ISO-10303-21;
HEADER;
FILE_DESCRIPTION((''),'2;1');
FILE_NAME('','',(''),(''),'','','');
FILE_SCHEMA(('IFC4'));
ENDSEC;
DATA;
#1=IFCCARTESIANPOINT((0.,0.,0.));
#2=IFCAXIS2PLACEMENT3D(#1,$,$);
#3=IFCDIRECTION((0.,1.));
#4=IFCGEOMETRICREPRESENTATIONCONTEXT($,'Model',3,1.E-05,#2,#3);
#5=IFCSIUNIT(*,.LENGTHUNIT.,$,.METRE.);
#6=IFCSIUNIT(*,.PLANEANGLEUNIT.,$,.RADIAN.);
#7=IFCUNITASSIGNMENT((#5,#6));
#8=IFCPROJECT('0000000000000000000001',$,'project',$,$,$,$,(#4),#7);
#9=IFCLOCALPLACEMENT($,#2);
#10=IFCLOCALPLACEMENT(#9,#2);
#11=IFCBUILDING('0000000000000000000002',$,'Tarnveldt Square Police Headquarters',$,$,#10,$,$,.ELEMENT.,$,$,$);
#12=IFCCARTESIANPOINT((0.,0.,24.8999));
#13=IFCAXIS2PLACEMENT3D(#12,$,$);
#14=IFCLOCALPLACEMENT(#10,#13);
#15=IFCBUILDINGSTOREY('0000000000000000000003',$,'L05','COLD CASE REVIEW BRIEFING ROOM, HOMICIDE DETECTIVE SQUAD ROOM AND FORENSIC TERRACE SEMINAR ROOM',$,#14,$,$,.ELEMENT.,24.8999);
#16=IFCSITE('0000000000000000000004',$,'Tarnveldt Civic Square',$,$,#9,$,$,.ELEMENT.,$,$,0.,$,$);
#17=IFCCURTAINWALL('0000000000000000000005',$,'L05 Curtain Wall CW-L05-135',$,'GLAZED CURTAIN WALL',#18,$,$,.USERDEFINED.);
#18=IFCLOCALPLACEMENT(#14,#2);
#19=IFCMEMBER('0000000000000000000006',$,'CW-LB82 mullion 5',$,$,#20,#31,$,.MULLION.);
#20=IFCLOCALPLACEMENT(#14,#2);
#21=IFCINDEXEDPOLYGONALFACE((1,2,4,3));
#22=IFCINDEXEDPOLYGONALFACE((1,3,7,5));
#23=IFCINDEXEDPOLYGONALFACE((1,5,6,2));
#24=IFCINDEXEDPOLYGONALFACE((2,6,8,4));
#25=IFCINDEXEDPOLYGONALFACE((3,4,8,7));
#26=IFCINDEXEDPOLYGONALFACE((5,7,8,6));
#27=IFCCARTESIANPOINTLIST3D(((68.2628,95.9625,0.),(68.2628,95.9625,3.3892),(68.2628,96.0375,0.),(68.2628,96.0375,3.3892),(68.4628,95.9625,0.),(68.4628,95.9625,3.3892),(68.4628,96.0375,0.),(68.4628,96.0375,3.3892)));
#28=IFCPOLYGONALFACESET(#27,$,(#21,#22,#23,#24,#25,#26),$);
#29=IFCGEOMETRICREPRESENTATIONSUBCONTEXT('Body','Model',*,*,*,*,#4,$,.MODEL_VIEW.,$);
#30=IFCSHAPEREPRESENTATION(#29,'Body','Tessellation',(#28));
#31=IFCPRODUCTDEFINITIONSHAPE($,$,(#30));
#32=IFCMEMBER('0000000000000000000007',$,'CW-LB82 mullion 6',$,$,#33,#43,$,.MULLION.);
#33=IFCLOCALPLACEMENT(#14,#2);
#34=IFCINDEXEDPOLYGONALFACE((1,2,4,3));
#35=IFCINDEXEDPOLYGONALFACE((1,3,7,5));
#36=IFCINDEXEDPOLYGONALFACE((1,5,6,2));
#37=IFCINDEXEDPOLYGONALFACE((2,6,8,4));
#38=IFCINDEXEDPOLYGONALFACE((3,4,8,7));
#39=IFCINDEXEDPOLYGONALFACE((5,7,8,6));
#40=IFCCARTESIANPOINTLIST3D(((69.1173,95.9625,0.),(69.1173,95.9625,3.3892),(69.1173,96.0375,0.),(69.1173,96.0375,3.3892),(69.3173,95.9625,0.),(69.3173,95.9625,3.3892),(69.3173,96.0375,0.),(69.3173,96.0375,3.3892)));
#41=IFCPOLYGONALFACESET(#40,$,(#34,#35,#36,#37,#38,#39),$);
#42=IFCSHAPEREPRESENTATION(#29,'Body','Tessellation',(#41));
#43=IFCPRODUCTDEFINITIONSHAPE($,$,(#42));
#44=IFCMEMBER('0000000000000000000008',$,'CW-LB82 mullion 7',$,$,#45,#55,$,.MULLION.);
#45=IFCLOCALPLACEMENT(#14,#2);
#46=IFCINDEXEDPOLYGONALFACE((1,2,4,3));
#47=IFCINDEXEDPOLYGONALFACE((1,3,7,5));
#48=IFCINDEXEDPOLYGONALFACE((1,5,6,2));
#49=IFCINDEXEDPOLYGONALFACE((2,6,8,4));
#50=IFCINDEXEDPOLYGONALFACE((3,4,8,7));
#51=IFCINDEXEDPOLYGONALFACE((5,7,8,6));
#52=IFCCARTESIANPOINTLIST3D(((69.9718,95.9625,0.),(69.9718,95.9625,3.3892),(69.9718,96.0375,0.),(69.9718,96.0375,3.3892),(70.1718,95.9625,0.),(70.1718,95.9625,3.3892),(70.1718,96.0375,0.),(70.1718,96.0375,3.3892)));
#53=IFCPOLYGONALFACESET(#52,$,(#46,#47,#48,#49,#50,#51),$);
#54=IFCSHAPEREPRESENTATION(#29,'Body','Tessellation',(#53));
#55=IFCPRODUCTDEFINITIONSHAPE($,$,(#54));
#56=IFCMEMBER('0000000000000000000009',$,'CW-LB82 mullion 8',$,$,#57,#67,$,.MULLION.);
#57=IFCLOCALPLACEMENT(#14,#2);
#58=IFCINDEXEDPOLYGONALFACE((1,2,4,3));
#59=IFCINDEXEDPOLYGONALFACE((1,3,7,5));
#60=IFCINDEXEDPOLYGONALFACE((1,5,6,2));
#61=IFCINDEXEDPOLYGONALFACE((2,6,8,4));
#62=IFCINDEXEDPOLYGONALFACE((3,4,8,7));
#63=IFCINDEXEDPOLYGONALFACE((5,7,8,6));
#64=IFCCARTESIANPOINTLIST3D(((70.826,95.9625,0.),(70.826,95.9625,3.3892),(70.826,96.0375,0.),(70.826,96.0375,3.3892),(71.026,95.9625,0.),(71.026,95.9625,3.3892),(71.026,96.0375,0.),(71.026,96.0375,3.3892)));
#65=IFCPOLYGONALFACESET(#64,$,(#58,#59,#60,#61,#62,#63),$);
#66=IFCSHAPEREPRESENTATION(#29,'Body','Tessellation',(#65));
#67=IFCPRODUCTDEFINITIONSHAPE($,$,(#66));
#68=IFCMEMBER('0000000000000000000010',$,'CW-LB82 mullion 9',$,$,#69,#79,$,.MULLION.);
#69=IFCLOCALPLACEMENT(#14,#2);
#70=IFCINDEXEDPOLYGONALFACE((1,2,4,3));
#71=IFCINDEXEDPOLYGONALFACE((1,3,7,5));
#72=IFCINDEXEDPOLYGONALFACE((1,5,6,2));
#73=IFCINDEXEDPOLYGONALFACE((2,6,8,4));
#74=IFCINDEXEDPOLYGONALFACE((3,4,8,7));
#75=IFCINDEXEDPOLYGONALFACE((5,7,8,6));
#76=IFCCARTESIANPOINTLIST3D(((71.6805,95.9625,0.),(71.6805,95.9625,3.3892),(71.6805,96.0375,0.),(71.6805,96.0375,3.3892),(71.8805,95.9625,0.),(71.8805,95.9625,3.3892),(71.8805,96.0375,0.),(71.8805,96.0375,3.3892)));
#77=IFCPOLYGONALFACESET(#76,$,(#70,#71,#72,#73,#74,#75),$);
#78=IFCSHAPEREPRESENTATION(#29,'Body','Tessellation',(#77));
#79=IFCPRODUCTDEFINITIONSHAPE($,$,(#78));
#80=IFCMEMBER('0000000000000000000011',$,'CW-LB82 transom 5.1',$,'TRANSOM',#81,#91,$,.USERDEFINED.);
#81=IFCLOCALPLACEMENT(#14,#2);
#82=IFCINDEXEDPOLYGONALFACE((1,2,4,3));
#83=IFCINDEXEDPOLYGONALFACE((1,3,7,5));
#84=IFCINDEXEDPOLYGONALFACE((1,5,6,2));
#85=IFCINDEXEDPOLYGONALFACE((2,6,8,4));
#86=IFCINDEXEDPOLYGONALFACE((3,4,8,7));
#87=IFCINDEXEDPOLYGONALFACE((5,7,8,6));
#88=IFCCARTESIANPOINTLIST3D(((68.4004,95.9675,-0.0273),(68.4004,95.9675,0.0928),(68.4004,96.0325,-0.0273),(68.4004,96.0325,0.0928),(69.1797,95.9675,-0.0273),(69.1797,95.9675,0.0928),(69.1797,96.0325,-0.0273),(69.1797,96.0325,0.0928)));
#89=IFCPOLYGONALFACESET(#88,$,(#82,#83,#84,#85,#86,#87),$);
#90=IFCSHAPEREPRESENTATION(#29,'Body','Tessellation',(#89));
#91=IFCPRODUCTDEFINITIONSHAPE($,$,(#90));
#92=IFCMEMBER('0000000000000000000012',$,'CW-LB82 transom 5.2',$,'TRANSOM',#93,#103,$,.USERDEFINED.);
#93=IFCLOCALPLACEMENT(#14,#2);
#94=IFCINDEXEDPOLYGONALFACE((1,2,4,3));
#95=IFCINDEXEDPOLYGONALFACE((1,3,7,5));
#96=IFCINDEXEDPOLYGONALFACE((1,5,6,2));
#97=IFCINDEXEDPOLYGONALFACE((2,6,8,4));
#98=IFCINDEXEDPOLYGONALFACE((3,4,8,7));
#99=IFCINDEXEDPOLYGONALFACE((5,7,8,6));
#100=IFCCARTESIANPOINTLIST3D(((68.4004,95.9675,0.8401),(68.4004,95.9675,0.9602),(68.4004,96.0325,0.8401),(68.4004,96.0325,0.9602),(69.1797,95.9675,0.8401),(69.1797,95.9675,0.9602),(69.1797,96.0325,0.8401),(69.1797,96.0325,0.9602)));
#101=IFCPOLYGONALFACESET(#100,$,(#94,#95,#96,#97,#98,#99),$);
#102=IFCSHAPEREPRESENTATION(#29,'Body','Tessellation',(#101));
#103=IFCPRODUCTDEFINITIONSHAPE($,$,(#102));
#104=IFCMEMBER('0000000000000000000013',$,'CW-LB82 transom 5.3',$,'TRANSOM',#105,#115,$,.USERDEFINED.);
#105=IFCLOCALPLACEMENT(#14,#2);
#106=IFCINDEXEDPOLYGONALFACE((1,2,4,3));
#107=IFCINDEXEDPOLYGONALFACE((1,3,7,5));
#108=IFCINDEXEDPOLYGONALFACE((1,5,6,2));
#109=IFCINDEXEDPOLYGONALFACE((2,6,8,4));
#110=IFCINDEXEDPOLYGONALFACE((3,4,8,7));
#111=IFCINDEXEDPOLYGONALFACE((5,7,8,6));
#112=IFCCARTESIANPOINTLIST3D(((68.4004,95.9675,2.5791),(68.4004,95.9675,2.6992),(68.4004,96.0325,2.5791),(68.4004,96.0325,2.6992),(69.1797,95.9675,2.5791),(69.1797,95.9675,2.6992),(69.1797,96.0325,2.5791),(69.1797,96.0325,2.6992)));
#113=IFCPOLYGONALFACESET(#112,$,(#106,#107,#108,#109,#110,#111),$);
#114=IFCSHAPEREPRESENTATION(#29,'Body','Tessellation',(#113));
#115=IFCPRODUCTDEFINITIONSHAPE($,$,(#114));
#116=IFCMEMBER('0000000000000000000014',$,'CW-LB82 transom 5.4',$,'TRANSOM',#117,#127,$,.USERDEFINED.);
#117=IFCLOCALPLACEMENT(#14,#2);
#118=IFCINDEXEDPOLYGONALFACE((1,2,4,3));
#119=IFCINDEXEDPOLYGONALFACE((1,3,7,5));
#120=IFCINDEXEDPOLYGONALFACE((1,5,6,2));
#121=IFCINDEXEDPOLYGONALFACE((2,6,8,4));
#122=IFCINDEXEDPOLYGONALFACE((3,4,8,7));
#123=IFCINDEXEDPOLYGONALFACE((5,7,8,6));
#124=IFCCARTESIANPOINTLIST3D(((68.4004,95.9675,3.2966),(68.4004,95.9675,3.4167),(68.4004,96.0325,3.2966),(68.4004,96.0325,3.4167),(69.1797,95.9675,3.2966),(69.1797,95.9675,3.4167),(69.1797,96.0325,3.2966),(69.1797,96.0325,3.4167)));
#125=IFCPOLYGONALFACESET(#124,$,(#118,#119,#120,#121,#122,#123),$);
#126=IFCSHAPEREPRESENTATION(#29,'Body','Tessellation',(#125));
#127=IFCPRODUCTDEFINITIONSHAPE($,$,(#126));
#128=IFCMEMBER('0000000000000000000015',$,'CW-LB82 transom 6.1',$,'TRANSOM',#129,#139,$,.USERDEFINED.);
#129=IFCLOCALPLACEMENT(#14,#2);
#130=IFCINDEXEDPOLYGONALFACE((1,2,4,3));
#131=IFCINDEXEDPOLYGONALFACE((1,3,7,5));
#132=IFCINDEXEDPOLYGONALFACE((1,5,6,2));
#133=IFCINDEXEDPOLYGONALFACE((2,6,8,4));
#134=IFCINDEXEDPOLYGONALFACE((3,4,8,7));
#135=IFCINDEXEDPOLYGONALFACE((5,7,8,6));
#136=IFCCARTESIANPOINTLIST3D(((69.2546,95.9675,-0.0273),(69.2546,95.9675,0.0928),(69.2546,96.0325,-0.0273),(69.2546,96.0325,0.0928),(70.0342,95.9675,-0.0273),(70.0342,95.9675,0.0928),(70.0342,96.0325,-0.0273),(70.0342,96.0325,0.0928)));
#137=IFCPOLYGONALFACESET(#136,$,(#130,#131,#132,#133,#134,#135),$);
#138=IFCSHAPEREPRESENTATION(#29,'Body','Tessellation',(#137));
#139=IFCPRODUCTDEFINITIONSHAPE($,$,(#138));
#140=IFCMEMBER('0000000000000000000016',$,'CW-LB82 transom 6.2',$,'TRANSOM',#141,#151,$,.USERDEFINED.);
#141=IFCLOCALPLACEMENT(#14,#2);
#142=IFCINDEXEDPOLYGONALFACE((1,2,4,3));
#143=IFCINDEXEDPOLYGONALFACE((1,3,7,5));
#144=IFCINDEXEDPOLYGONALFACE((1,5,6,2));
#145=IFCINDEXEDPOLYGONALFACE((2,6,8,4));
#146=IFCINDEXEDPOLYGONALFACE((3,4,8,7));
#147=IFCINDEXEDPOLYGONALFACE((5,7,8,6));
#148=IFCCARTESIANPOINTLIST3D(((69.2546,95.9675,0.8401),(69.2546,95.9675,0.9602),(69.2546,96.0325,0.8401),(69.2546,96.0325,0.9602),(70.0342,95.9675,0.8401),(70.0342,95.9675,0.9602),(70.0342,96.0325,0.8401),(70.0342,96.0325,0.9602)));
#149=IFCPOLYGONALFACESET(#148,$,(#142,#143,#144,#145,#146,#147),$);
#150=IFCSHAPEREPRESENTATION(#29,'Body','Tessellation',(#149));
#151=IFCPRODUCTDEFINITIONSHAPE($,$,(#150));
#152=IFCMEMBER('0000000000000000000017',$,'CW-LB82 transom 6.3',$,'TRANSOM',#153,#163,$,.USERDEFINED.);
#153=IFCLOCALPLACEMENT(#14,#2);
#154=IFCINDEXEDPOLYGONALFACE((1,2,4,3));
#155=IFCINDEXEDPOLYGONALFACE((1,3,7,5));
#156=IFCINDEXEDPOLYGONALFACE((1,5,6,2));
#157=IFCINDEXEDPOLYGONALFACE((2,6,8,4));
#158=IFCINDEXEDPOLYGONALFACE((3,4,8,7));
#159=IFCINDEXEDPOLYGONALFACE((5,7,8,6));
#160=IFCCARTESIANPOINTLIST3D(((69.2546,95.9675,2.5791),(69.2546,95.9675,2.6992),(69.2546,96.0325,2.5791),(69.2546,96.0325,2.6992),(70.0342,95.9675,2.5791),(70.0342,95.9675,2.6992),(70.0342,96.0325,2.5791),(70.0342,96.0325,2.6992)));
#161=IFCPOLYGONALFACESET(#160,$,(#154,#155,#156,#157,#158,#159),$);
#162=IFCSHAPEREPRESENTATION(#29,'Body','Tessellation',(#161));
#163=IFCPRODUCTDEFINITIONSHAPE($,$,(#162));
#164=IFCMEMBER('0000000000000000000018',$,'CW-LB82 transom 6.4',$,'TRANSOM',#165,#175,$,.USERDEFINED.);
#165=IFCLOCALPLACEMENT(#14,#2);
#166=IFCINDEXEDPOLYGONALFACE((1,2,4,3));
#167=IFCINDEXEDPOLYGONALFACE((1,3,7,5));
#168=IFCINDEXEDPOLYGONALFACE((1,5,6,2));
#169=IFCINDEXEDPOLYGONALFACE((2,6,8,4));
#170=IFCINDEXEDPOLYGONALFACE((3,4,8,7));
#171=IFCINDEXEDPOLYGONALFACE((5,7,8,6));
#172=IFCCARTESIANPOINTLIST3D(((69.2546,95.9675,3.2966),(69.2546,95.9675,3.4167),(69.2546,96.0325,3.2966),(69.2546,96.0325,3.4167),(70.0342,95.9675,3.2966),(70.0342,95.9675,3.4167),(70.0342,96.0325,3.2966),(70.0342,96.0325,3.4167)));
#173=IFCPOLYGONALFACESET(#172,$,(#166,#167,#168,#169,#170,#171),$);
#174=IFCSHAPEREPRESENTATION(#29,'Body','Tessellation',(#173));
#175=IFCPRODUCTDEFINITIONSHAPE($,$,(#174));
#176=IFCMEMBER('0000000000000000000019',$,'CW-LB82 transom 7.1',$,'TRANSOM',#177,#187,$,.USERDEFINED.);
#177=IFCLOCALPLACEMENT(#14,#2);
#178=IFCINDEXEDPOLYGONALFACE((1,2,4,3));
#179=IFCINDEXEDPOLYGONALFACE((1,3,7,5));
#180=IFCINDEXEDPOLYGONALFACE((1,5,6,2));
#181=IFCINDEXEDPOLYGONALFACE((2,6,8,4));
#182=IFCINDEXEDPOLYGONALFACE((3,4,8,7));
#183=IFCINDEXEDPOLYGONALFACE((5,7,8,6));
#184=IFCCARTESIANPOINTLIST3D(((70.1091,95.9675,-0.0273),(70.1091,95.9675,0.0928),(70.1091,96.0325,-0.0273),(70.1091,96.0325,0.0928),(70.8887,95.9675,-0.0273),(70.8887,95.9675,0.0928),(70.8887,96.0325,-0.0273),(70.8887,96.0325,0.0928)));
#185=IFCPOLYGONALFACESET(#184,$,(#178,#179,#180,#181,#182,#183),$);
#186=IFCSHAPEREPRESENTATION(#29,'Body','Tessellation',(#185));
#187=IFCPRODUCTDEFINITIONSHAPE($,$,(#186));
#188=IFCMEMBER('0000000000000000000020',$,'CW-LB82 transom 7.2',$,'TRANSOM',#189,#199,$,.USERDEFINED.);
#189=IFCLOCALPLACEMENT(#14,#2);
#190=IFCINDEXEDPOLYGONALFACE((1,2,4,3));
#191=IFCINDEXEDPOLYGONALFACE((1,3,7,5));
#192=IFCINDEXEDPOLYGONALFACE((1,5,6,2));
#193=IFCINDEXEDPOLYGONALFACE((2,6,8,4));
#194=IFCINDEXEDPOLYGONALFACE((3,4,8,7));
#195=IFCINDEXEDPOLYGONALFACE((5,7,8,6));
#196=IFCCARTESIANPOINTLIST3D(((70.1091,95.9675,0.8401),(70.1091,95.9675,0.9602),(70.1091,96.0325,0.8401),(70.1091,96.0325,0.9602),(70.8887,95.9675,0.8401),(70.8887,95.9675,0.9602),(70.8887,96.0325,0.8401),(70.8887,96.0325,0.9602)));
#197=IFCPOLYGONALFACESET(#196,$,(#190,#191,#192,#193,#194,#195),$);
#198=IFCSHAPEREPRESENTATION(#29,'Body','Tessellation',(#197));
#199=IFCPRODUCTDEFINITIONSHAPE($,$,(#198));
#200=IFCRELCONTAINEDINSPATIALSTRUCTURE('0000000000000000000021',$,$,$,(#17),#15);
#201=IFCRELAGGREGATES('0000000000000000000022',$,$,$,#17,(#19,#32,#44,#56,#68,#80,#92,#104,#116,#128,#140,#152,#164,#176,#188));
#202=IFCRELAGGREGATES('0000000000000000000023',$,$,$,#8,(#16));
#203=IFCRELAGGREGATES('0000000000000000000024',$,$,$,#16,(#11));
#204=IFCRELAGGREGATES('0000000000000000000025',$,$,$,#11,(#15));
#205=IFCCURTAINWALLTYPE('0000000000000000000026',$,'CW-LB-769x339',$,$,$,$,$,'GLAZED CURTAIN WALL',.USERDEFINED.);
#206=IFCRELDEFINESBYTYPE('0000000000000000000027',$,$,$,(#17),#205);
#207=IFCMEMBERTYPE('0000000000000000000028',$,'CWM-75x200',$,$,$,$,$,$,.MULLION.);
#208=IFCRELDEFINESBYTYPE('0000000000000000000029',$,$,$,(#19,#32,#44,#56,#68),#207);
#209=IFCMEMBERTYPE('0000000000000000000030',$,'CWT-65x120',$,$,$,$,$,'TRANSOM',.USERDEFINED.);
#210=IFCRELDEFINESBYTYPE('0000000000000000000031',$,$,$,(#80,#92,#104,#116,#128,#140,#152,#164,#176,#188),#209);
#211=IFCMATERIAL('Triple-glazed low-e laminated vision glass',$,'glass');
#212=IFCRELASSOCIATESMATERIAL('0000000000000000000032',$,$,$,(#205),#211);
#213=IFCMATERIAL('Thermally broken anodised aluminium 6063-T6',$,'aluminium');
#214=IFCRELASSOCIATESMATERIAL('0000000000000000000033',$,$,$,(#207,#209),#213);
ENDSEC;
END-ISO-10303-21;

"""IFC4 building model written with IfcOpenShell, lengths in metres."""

from ifc_helpers import new_model, si_unit, direction, frame, origin, origin_2d, place, context, subcontext, project, spatial, rectangle, extrude, material, material_profile, profile_set, type_object, element, aggregate, save


model = new_model("IFC4")

# Units and contexts
model_context = context("Model", 3, precision=1e-05, world=origin(), true_north=direction((0.0, 1.0)))
body_context = subcontext(model_context, "Body", "Model", "MODEL_VIEW")
ifc_project = project(units=[si_unit("LENGTHUNIT", "METRE"), si_unit("PLANEANGLEUNIT", "RADIAN")], contexts=[model_context])

# Site, building, storey
site_placement = place(None, origin())
site = spatial("IfcSite", under=ifc_project, at=site_placement, Name="Tarnveldt Civic Square", CompositionType="ELEMENT", RefElevation=0.0)
building_placement = place(site_placement, origin())
building = spatial("IfcBuilding", under=site, at=building_placement, Name="Tarnveldt Square Police Headquarters", CompositionType="ELEMENT")
storey_placement = place(building_placement, frame((0.0, 0.0, 24.8999)))
storey = spatial("IfcBuildingStorey", under=building, at=storey_placement, Name="L05", Description="COLD CASE REVIEW BRIEFING ROOM, HOMICIDE DETECTIVE SQUAD ROOM AND FORENSIC TERRACE SEMINAR ROOM", CompositionType="ELEMENT", Elevation=24.8999)

# Curtain wall, members
ifc_material_1 = material(Name="Triple-glazed low-e laminated vision glass", Category="glass")
curtain_wall_type = type_object("IfcCurtainWallType", Name="CW-LB-769x339", ElementType="GLAZED CURTAIN WALL", PredefinedType="USERDEFINED", material=ifc_material_1)
curtain_wall_placement = place(storey_placement, origin())
curtain_wall = element("IfcCurtainWall", 1, at=curtain_wall_placement, inside=storey, type_object=curtain_wall_type, Name="L05 Curtain Wall CW-L05-135", ObjectType="GLAZED CURTAIN WALL", PredefinedType="USERDEFINED")
ifc_material_2 = material(Name="Thermally broken anodised aluminium 6063-T6", Category="aluminium")
ifc_material_profile_1 = material_profile(ifc_material_2, rectangle(XDim=0.075, YDim=0.2, at=origin_2d()), Name="CW-M75x200")
ifc_profile_set_1 = profile_set([ifc_material_profile_1], Name="Thermally broken anodised aluminium 6063-T6")
member_type_1 = type_object("IfcMemberType", Name="CWM-75x200", PredefinedType="MULLION", material=ifc_profile_set_1)
member_1_placement = place(storey_placement, frame((68.3628, 96.0, 0.0), z_axis=(0.0, 0.0, 1.0), x_axis=(0.0, 1.0, 0.0)))
member_1 = element("IfcMember", 2, at=member_1_placement, type_object=member_type_1, Name="CW-LB82 mullion 5", PredefinedType="MULLION", context=body_context, shape_type="SweptSolid", body=[
    extrude(rectangle(XDim=0.075, YDim=0.2, at=origin_2d()), origin(), (0.0, 0.0, 1.0), 3.3892),
])
member_2_placement = place(storey_placement, frame((69.2173, 96.0, 0.0), z_axis=(0.0, 0.0, 1.0), x_axis=(0.0, 1.0, 0.0)))
member_2 = element("IfcMember", 3, at=member_2_placement, type_object=member_type_1, Name="CW-LB82 mullion 6", PredefinedType="MULLION", context=body_context, shape_type="SweptSolid", body=[
    extrude(rectangle(XDim=0.075, YDim=0.2, at=origin_2d()), origin(), (0.0, 0.0, 1.0), 3.3892),
])
member_3_placement = place(storey_placement, frame((70.0718, 96.0, 0.0), z_axis=(0.0, 0.0, 1.0), x_axis=(0.0, 1.0, 0.0)))
member_3 = element("IfcMember", 4, at=member_3_placement, type_object=member_type_1, Name="CW-LB82 mullion 7", PredefinedType="MULLION", context=body_context, shape_type="SweptSolid", body=[
    extrude(rectangle(XDim=0.075, YDim=0.2, at=origin_2d()), origin(), (0.0, 0.0, 1.0), 3.3892),
])
member_4_placement = place(storey_placement, frame((70.926, 96.0, 0.0), z_axis=(0.0, 0.0, 1.0), x_axis=(0.0, 1.0, 0.0)))
member_4 = element("IfcMember", 5, at=member_4_placement, type_object=member_type_1, Name="CW-LB82 mullion 8", PredefinedType="MULLION", context=body_context, shape_type="SweptSolid", body=[
    extrude(rectangle(XDim=0.075, YDim=0.2, at=origin_2d()), origin(), (0.0, 0.0, 1.0), 3.3892),
])
member_5_placement = place(storey_placement, frame((71.7805, 96.0, 0.0), z_axis=(0.0, 0.0, 1.0), x_axis=(0.0, 1.0, 0.0)))
member_5 = element("IfcMember", 6, at=member_5_placement, type_object=member_type_1, Name="CW-LB82 mullion 9", PredefinedType="MULLION", context=body_context, shape_type="SweptSolid", body=[
    extrude(rectangle(XDim=0.075, YDim=0.2, at=origin_2d()), origin(), (0.0, 0.0, 1.0), 3.3892),
])
ifc_material_profile_2 = material_profile(ifc_material_2, rectangle(XDim=0.0649, YDim=0.1201, at=origin_2d()), Name="CW-T65x120")
ifc_profile_set_2 = profile_set([ifc_material_profile_2], Name="Thermally broken anodised aluminium 6063-T6")
member_type_2 = type_object("IfcMemberType", Name="CWT-65x120", ElementType="TRANSOM", PredefinedType="USERDEFINED", material=ifc_profile_set_2)
member_6_placement = place(storey_placement, frame((68.4004, 96.0, 0.0327), z_axis=(1.0, 0.0, 0.0), x_axis=(0.0, 1.0, 0.0)))
member_6 = element("IfcMember", 7, at=member_6_placement, type_object=member_type_2, Name="CW-LB82 transom 5.1", ObjectType="TRANSOM", PredefinedType="USERDEFINED", context=body_context, shape_type="SweptSolid", body=[
    extrude(rectangle(XDim=0.0649, YDim=0.1201, at=origin_2d()), origin(), (0.0, 0.0, 1.0), 0.7793),
])
member_7_placement = place(storey_placement, frame((68.4004, 96.0, 0.9001), z_axis=(1.0, 0.0, 0.0), x_axis=(0.0, 1.0, 0.0)))
member_7 = element("IfcMember", 8, at=member_7_placement, type_object=member_type_2, Name="CW-LB82 transom 5.2", ObjectType="TRANSOM", PredefinedType="USERDEFINED", context=body_context, shape_type="SweptSolid", body=[
    extrude(rectangle(XDim=0.0649, YDim=0.1201, at=origin_2d()), origin(), (0.0, 0.0, 1.0), 0.7793),
])
member_8_placement = place(storey_placement, frame((68.4004, 96.0, 2.6392), z_axis=(1.0, 0.0, 0.0), x_axis=(0.0, 1.0, 0.0)))
member_8 = element("IfcMember", 9, at=member_8_placement, type_object=member_type_2, Name="CW-LB82 transom 5.3", ObjectType="TRANSOM", PredefinedType="USERDEFINED", context=body_context, shape_type="SweptSolid", body=[
    extrude(rectangle(XDim=0.0649, YDim=0.1201, at=origin_2d()), origin(), (0.0, 0.0, 1.0), 0.7793),
])
member_9_placement = place(storey_placement, frame((68.4004, 96.0, 3.3567), z_axis=(1.0, 0.0, 0.0), x_axis=(0.0, 1.0, 0.0)))
member_9 = element("IfcMember", 10, at=member_9_placement, type_object=member_type_2, Name="CW-LB82 transom 5.4", ObjectType="TRANSOM", PredefinedType="USERDEFINED", context=body_context, shape_type="SweptSolid", body=[
    extrude(rectangle(XDim=0.0649, YDim=0.1201, at=origin_2d()), origin(), (0.0, 0.0, 1.0), 0.7793),
])
member_10_placement = place(storey_placement, frame((69.2546, 96.0, 0.0327), z_axis=(1.0, 0.0, 0.0), x_axis=(0.0, 1.0, 0.0)))
member_10 = element("IfcMember", 11, at=member_10_placement, type_object=member_type_2, Name="CW-LB82 transom 6.1", ObjectType="TRANSOM", PredefinedType="USERDEFINED", context=body_context, shape_type="SweptSolid", body=[
    extrude(rectangle(XDim=0.0649, YDim=0.1201, at=origin_2d()), origin(), (0.0, 0.0, 1.0), 0.7795),
])
member_11_placement = place(storey_placement, frame((69.2546, 96.0, 0.9001), z_axis=(1.0, 0.0, 0.0), x_axis=(0.0, 1.0, 0.0)))
member_11 = element("IfcMember", 12, at=member_11_placement, type_object=member_type_2, Name="CW-LB82 transom 6.2", ObjectType="TRANSOM", PredefinedType="USERDEFINED", context=body_context, shape_type="SweptSolid", body=[
    extrude(rectangle(XDim=0.0649, YDim=0.1201, at=origin_2d()), origin(), (0.0, 0.0, 1.0), 0.7795),
])
member_12_placement = place(storey_placement, frame((69.2546, 96.0, 2.6392), z_axis=(1.0, 0.0, 0.0), x_axis=(0.0, 1.0, 0.0)))
member_12 = element("IfcMember", 13, at=member_12_placement, type_object=member_type_2, Name="CW-LB82 transom 6.3", ObjectType="TRANSOM", PredefinedType="USERDEFINED", context=body_context, shape_type="SweptSolid", body=[
    extrude(rectangle(XDim=0.0649, YDim=0.1201, at=origin_2d()), origin(), (0.0, 0.0, 1.0), 0.7795),
])
member_13_placement = place(storey_placement, frame((69.2546, 96.0, 3.3567), z_axis=(1.0, 0.0, 0.0), x_axis=(0.0, 1.0, 0.0)))
member_13 = element("IfcMember", 14, at=member_13_placement, type_object=member_type_2, Name="CW-LB82 transom 6.4", ObjectType="TRANSOM", PredefinedType="USERDEFINED", context=body_context, shape_type="SweptSolid", body=[
    extrude(rectangle(XDim=0.0649, YDim=0.1201, at=origin_2d()), origin(), (0.0, 0.0, 1.0), 0.7795),
])
member_14_placement = place(storey_placement, frame((70.1091, 96.0, 0.0327), z_axis=(1.0, 0.0, 0.0), x_axis=(0.0, 1.0, 0.0)))
member_14 = element("IfcMember", 15, at=member_14_placement, type_object=member_type_2, Name="CW-LB82 transom 7.1", ObjectType="TRANSOM", PredefinedType="USERDEFINED", context=body_context, shape_type="SweptSolid", body=[
    extrude(rectangle(XDim=0.0649, YDim=0.1201, at=origin_2d()), origin(), (0.0, 0.0, 1.0), 0.7795),
])
member_15_placement = place(storey_placement, frame((70.1091, 96.0, 0.9001), z_axis=(1.0, 0.0, 0.0), x_axis=(0.0, 1.0, 0.0)))
member_15 = element("IfcMember", 16, at=member_15_placement, type_object=member_type_2, Name="CW-LB82 transom 7.2", ObjectType="TRANSOM", PredefinedType="USERDEFINED", context=body_context, shape_type="SweptSolid", body=[
    extrude(rectangle(XDim=0.0649, YDim=0.1201, at=origin_2d()), origin(), (0.0, 0.0, 1.0), 0.7795),
])
aggregate(curtain_wall, [member_1, member_2, member_3, member_4, member_5, member_6, member_7, member_8, member_9, member_10, member_11, member_12, member_13, member_14, member_15])

save(model, "model.ifc")
